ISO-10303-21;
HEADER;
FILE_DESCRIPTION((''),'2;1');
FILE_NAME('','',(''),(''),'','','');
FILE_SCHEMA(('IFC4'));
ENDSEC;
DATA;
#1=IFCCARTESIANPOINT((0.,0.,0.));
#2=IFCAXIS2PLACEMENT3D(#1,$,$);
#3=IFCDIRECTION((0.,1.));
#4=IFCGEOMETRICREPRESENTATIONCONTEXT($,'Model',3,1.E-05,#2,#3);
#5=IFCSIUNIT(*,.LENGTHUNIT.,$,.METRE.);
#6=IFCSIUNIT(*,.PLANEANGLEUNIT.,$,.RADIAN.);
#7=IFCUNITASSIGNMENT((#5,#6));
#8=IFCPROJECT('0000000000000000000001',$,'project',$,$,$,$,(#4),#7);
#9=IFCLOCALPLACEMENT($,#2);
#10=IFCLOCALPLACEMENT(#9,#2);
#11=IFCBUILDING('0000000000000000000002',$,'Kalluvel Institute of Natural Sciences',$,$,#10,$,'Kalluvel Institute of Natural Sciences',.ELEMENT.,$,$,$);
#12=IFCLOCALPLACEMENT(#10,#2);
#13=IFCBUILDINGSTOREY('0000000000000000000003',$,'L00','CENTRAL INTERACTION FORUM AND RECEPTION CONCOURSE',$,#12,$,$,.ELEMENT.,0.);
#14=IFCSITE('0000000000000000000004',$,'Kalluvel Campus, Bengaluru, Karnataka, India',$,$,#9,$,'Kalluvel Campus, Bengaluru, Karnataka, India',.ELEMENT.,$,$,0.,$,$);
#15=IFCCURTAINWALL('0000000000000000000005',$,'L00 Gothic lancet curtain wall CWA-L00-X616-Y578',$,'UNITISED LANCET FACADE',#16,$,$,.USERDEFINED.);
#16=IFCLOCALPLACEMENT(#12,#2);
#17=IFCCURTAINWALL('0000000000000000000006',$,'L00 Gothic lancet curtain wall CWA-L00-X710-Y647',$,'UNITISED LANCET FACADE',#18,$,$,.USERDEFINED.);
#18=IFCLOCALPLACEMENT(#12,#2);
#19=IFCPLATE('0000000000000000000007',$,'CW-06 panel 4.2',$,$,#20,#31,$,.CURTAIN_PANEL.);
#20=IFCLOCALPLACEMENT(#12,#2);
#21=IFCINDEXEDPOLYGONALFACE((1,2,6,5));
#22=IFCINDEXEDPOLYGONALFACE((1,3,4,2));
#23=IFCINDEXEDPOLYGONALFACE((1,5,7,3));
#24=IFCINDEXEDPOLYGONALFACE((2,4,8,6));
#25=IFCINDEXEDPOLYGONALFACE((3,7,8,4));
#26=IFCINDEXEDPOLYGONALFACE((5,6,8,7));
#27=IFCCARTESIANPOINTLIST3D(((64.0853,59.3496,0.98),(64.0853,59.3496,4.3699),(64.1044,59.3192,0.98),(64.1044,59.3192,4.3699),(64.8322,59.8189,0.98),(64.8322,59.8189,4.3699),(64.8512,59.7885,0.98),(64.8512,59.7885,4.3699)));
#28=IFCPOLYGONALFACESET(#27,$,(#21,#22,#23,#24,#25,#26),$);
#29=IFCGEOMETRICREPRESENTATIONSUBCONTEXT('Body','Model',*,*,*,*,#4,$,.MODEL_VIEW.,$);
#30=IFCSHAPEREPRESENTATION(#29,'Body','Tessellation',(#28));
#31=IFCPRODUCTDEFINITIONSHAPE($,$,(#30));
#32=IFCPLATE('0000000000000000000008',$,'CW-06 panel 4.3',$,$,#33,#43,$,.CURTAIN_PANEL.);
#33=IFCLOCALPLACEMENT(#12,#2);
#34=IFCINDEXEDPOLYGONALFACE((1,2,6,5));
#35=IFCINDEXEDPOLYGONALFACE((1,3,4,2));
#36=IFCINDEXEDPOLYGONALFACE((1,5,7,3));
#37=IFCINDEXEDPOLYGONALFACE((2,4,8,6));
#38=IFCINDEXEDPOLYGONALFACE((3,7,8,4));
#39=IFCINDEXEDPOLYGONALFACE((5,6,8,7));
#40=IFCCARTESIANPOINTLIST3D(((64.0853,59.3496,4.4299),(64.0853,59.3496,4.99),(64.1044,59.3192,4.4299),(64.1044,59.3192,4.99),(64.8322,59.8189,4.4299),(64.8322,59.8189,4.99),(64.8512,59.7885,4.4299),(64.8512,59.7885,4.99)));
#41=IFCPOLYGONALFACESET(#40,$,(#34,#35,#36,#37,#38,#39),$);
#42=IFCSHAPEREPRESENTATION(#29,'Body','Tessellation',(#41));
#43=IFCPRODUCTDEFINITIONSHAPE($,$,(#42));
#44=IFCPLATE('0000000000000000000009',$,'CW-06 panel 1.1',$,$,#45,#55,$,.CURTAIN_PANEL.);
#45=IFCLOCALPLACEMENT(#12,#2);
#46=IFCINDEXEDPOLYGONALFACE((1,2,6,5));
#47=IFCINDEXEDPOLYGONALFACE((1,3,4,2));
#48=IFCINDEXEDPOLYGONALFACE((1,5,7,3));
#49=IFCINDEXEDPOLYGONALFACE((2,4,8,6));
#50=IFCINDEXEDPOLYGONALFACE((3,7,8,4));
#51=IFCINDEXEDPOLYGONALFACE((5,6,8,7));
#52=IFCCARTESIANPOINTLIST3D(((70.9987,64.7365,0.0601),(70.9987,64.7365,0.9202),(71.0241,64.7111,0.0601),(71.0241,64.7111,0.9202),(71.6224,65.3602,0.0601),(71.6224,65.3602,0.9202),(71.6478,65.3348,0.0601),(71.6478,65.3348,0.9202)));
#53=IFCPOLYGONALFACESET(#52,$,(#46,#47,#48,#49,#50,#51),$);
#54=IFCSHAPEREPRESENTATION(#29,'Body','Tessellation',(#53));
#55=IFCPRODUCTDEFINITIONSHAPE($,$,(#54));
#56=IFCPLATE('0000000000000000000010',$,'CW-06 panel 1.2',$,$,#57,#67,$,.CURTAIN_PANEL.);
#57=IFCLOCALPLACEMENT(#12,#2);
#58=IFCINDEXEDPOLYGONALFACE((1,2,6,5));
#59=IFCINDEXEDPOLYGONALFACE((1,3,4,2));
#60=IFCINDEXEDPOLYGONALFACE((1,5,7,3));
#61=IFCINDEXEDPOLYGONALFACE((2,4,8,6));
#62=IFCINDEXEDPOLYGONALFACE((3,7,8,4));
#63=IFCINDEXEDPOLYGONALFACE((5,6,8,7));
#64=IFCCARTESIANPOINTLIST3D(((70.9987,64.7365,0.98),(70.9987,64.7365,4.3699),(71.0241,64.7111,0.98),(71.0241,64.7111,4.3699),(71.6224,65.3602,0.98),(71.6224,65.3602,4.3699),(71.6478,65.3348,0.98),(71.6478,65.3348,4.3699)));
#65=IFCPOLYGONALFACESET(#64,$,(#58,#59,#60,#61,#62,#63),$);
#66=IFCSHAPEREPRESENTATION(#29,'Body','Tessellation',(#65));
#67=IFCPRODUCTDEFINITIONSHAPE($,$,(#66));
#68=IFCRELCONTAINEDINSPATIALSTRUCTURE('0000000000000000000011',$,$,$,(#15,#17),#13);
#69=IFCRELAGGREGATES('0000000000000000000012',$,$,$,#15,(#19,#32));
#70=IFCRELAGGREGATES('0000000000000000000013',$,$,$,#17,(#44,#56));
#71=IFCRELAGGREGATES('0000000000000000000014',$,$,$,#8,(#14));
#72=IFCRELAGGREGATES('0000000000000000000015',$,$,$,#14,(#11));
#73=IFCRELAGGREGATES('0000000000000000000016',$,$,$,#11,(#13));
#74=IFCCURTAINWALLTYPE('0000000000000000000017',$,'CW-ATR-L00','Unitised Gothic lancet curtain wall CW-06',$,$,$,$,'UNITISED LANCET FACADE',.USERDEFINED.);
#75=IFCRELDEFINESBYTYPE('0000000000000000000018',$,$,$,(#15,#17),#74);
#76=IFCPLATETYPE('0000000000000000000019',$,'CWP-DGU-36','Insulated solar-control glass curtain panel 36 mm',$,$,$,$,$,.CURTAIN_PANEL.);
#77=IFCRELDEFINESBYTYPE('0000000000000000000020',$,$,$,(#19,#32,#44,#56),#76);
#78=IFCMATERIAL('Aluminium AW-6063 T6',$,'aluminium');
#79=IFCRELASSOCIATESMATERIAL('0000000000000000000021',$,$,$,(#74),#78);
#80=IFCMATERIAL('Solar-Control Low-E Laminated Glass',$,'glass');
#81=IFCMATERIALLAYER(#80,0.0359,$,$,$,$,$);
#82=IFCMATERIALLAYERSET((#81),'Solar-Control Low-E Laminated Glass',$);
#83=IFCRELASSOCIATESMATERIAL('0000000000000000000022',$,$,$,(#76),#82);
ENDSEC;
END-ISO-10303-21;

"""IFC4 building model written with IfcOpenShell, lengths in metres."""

from ifc_helpers import new_model, si_unit, direction, frame, origin, origin_2d, place, context, subcontext, project, spatial, rectangle, extrude, material, layer, layer_set, type_object, element, aggregate, save


model = new_model("IFC4")

# Units and contexts
model_context = context("Model", 3, precision=1e-05, world=origin(), true_north=direction((0.0, 1.0)))
body_context = subcontext(model_context, "Body", "Model", "MODEL_VIEW")
ifc_project = project(units=[si_unit("LENGTHUNIT", "METRE"), si_unit("PLANEANGLEUNIT", "RADIAN")], contexts=[model_context])

# Site, building, storey
site_placement = place(None, origin())
site = spatial("IfcSite", under=ifc_project, at=site_placement, Name="Kalluvel Campus, Bengaluru, Karnataka, India", LongName="Kalluvel Campus, Bengaluru, Karnataka, India", CompositionType="ELEMENT", RefElevation=0.0)
building_placement = place(site_placement, origin())
building = spatial("IfcBuilding", under=site, at=building_placement, Name="Kalluvel Institute of Natural Sciences", LongName="Kalluvel Institute of Natural Sciences", CompositionType="ELEMENT")
storey_placement = place(building_placement, origin())
storey = spatial("IfcBuildingStorey", under=building, at=storey_placement, Name="L00", Description="CENTRAL INTERACTION FORUM AND RECEPTION CONCOURSE", CompositionType="ELEMENT", Elevation=0.0)

# Curtain wall
ifc_material_1 = material(Name="Aluminium AW-6063 T6", Category="aluminium")
curtain_wall_type = type_object("IfcCurtainWallType", Name="CW-ATR-L00", Description="Unitised Gothic lancet curtain wall CW-06", ElementType="UNITISED LANCET FACADE", PredefinedType="USERDEFINED", material=ifc_material_1)
curtain_wall_1_placement = place(storey_placement, origin())
curtain_wall_1 = element("IfcCurtainWall", 1, at=curtain_wall_1_placement, inside=storey, type_object=curtain_wall_type, Name="L00 Gothic lancet curtain wall CWA-L00-X616-Y578", ObjectType="UNITISED LANCET FACADE", PredefinedType="USERDEFINED")

# Curtain wall
curtain_wall_2_placement = place(storey_placement, origin())
curtain_wall_2 = element("IfcCurtainWall", 2, at=curtain_wall_2_placement, inside=storey, type_object=curtain_wall_type, Name="L00 Gothic lancet curtain wall CWA-L00-X710-Y647", ObjectType="UNITISED LANCET FACADE", PredefinedType="USERDEFINED")

# Plates
ifc_material_2 = material(Name="Solar-Control Low-E Laminated Glass", Category="glass")
ifc_layer_1 = layer(ifc_material_2, 0.0359)
ifc_layer_set_1 = layer_set([ifc_layer_1], Name="Solar-Control Low-E Laminated Glass")
plate_type = type_object("IfcPlateType", Name="CWP-DGU-36", Description="Insulated solar-control glass curtain panel 36 mm", PredefinedType="CURTAIN_PANEL", material=ifc_layer_set_1)
plate_1_placement = place(storey_placement, frame((64.4683, 59.5691, 0.98), z_axis=(0.0, 0.0, 1.0), x_axis=(0.846722, 0.532036, 0.0)))
plate_1 = element("IfcPlate", 3, at=plate_1_placement, type_object=plate_type, Name="CW-06 panel 4.2", PredefinedType="CURTAIN_PANEL", context=body_context, shape_type="SweptSolid", body=[
    extrude(rectangle(XDim=0.8821, YDim=0.0359, at=origin_2d()), origin(), (0.0, 0.0, 1.0), 3.3899),
])
plate_2_placement = place(storey_placement, frame((64.4683, 59.5691, 4.4299), z_axis=(0.0, 0.0, 1.0), x_axis=(0.846722, 0.532036, 0.0)))
plate_2 = element("IfcPlate", 4, at=plate_2_placement, type_object=plate_type, Name="CW-06 panel 4.3", PredefinedType="CURTAIN_PANEL", context=body_context, shape_type="SweptSolid", body=[
    extrude(rectangle(XDim=0.8821, YDim=0.0359, at=origin_2d()), origin(), (0.0, 0.0, 1.0), 0.5601),
])
aggregate(curtain_wall_1, [plate_1, plate_2])
plate_3_placement = place(storey_placement, frame((71.3232, 65.0356, 0.0601), z_axis=(0.0, 0.0, 1.0), x_axis=(0.707107, 0.707107, 0.0)))
plate_3 = element("IfcPlate", 5, at=plate_3_placement, type_object=plate_type, Name="CW-06 panel 1.1", PredefinedType="CURTAIN_PANEL", context=body_context, shape_type="SweptSolid", body=[
    extrude(rectangle(XDim=0.8821, YDim=0.0359, at=origin_2d()), origin(), (0.0, 0.0, 1.0), 0.8601),
])
plate_4_placement = place(storey_placement, frame((71.3232, 65.0356, 0.98), z_axis=(0.0, 0.0, 1.0), x_axis=(0.707107, 0.707107, 0.0)))
plate_4 = element("IfcPlate", 6, at=plate_4_placement, type_object=plate_type, Name="CW-06 panel 1.2", PredefinedType="CURTAIN_PANEL", context=body_context, shape_type="SweptSolid", body=[
    extrude(rectangle(XDim=0.8821, YDim=0.0359, at=origin_2d()), origin(), (0.0, 0.0, 1.0), 3.3899),
])
aggregate(curtain_wall_2, [plate_3, plate_4])

save(model, "model.ifc")
